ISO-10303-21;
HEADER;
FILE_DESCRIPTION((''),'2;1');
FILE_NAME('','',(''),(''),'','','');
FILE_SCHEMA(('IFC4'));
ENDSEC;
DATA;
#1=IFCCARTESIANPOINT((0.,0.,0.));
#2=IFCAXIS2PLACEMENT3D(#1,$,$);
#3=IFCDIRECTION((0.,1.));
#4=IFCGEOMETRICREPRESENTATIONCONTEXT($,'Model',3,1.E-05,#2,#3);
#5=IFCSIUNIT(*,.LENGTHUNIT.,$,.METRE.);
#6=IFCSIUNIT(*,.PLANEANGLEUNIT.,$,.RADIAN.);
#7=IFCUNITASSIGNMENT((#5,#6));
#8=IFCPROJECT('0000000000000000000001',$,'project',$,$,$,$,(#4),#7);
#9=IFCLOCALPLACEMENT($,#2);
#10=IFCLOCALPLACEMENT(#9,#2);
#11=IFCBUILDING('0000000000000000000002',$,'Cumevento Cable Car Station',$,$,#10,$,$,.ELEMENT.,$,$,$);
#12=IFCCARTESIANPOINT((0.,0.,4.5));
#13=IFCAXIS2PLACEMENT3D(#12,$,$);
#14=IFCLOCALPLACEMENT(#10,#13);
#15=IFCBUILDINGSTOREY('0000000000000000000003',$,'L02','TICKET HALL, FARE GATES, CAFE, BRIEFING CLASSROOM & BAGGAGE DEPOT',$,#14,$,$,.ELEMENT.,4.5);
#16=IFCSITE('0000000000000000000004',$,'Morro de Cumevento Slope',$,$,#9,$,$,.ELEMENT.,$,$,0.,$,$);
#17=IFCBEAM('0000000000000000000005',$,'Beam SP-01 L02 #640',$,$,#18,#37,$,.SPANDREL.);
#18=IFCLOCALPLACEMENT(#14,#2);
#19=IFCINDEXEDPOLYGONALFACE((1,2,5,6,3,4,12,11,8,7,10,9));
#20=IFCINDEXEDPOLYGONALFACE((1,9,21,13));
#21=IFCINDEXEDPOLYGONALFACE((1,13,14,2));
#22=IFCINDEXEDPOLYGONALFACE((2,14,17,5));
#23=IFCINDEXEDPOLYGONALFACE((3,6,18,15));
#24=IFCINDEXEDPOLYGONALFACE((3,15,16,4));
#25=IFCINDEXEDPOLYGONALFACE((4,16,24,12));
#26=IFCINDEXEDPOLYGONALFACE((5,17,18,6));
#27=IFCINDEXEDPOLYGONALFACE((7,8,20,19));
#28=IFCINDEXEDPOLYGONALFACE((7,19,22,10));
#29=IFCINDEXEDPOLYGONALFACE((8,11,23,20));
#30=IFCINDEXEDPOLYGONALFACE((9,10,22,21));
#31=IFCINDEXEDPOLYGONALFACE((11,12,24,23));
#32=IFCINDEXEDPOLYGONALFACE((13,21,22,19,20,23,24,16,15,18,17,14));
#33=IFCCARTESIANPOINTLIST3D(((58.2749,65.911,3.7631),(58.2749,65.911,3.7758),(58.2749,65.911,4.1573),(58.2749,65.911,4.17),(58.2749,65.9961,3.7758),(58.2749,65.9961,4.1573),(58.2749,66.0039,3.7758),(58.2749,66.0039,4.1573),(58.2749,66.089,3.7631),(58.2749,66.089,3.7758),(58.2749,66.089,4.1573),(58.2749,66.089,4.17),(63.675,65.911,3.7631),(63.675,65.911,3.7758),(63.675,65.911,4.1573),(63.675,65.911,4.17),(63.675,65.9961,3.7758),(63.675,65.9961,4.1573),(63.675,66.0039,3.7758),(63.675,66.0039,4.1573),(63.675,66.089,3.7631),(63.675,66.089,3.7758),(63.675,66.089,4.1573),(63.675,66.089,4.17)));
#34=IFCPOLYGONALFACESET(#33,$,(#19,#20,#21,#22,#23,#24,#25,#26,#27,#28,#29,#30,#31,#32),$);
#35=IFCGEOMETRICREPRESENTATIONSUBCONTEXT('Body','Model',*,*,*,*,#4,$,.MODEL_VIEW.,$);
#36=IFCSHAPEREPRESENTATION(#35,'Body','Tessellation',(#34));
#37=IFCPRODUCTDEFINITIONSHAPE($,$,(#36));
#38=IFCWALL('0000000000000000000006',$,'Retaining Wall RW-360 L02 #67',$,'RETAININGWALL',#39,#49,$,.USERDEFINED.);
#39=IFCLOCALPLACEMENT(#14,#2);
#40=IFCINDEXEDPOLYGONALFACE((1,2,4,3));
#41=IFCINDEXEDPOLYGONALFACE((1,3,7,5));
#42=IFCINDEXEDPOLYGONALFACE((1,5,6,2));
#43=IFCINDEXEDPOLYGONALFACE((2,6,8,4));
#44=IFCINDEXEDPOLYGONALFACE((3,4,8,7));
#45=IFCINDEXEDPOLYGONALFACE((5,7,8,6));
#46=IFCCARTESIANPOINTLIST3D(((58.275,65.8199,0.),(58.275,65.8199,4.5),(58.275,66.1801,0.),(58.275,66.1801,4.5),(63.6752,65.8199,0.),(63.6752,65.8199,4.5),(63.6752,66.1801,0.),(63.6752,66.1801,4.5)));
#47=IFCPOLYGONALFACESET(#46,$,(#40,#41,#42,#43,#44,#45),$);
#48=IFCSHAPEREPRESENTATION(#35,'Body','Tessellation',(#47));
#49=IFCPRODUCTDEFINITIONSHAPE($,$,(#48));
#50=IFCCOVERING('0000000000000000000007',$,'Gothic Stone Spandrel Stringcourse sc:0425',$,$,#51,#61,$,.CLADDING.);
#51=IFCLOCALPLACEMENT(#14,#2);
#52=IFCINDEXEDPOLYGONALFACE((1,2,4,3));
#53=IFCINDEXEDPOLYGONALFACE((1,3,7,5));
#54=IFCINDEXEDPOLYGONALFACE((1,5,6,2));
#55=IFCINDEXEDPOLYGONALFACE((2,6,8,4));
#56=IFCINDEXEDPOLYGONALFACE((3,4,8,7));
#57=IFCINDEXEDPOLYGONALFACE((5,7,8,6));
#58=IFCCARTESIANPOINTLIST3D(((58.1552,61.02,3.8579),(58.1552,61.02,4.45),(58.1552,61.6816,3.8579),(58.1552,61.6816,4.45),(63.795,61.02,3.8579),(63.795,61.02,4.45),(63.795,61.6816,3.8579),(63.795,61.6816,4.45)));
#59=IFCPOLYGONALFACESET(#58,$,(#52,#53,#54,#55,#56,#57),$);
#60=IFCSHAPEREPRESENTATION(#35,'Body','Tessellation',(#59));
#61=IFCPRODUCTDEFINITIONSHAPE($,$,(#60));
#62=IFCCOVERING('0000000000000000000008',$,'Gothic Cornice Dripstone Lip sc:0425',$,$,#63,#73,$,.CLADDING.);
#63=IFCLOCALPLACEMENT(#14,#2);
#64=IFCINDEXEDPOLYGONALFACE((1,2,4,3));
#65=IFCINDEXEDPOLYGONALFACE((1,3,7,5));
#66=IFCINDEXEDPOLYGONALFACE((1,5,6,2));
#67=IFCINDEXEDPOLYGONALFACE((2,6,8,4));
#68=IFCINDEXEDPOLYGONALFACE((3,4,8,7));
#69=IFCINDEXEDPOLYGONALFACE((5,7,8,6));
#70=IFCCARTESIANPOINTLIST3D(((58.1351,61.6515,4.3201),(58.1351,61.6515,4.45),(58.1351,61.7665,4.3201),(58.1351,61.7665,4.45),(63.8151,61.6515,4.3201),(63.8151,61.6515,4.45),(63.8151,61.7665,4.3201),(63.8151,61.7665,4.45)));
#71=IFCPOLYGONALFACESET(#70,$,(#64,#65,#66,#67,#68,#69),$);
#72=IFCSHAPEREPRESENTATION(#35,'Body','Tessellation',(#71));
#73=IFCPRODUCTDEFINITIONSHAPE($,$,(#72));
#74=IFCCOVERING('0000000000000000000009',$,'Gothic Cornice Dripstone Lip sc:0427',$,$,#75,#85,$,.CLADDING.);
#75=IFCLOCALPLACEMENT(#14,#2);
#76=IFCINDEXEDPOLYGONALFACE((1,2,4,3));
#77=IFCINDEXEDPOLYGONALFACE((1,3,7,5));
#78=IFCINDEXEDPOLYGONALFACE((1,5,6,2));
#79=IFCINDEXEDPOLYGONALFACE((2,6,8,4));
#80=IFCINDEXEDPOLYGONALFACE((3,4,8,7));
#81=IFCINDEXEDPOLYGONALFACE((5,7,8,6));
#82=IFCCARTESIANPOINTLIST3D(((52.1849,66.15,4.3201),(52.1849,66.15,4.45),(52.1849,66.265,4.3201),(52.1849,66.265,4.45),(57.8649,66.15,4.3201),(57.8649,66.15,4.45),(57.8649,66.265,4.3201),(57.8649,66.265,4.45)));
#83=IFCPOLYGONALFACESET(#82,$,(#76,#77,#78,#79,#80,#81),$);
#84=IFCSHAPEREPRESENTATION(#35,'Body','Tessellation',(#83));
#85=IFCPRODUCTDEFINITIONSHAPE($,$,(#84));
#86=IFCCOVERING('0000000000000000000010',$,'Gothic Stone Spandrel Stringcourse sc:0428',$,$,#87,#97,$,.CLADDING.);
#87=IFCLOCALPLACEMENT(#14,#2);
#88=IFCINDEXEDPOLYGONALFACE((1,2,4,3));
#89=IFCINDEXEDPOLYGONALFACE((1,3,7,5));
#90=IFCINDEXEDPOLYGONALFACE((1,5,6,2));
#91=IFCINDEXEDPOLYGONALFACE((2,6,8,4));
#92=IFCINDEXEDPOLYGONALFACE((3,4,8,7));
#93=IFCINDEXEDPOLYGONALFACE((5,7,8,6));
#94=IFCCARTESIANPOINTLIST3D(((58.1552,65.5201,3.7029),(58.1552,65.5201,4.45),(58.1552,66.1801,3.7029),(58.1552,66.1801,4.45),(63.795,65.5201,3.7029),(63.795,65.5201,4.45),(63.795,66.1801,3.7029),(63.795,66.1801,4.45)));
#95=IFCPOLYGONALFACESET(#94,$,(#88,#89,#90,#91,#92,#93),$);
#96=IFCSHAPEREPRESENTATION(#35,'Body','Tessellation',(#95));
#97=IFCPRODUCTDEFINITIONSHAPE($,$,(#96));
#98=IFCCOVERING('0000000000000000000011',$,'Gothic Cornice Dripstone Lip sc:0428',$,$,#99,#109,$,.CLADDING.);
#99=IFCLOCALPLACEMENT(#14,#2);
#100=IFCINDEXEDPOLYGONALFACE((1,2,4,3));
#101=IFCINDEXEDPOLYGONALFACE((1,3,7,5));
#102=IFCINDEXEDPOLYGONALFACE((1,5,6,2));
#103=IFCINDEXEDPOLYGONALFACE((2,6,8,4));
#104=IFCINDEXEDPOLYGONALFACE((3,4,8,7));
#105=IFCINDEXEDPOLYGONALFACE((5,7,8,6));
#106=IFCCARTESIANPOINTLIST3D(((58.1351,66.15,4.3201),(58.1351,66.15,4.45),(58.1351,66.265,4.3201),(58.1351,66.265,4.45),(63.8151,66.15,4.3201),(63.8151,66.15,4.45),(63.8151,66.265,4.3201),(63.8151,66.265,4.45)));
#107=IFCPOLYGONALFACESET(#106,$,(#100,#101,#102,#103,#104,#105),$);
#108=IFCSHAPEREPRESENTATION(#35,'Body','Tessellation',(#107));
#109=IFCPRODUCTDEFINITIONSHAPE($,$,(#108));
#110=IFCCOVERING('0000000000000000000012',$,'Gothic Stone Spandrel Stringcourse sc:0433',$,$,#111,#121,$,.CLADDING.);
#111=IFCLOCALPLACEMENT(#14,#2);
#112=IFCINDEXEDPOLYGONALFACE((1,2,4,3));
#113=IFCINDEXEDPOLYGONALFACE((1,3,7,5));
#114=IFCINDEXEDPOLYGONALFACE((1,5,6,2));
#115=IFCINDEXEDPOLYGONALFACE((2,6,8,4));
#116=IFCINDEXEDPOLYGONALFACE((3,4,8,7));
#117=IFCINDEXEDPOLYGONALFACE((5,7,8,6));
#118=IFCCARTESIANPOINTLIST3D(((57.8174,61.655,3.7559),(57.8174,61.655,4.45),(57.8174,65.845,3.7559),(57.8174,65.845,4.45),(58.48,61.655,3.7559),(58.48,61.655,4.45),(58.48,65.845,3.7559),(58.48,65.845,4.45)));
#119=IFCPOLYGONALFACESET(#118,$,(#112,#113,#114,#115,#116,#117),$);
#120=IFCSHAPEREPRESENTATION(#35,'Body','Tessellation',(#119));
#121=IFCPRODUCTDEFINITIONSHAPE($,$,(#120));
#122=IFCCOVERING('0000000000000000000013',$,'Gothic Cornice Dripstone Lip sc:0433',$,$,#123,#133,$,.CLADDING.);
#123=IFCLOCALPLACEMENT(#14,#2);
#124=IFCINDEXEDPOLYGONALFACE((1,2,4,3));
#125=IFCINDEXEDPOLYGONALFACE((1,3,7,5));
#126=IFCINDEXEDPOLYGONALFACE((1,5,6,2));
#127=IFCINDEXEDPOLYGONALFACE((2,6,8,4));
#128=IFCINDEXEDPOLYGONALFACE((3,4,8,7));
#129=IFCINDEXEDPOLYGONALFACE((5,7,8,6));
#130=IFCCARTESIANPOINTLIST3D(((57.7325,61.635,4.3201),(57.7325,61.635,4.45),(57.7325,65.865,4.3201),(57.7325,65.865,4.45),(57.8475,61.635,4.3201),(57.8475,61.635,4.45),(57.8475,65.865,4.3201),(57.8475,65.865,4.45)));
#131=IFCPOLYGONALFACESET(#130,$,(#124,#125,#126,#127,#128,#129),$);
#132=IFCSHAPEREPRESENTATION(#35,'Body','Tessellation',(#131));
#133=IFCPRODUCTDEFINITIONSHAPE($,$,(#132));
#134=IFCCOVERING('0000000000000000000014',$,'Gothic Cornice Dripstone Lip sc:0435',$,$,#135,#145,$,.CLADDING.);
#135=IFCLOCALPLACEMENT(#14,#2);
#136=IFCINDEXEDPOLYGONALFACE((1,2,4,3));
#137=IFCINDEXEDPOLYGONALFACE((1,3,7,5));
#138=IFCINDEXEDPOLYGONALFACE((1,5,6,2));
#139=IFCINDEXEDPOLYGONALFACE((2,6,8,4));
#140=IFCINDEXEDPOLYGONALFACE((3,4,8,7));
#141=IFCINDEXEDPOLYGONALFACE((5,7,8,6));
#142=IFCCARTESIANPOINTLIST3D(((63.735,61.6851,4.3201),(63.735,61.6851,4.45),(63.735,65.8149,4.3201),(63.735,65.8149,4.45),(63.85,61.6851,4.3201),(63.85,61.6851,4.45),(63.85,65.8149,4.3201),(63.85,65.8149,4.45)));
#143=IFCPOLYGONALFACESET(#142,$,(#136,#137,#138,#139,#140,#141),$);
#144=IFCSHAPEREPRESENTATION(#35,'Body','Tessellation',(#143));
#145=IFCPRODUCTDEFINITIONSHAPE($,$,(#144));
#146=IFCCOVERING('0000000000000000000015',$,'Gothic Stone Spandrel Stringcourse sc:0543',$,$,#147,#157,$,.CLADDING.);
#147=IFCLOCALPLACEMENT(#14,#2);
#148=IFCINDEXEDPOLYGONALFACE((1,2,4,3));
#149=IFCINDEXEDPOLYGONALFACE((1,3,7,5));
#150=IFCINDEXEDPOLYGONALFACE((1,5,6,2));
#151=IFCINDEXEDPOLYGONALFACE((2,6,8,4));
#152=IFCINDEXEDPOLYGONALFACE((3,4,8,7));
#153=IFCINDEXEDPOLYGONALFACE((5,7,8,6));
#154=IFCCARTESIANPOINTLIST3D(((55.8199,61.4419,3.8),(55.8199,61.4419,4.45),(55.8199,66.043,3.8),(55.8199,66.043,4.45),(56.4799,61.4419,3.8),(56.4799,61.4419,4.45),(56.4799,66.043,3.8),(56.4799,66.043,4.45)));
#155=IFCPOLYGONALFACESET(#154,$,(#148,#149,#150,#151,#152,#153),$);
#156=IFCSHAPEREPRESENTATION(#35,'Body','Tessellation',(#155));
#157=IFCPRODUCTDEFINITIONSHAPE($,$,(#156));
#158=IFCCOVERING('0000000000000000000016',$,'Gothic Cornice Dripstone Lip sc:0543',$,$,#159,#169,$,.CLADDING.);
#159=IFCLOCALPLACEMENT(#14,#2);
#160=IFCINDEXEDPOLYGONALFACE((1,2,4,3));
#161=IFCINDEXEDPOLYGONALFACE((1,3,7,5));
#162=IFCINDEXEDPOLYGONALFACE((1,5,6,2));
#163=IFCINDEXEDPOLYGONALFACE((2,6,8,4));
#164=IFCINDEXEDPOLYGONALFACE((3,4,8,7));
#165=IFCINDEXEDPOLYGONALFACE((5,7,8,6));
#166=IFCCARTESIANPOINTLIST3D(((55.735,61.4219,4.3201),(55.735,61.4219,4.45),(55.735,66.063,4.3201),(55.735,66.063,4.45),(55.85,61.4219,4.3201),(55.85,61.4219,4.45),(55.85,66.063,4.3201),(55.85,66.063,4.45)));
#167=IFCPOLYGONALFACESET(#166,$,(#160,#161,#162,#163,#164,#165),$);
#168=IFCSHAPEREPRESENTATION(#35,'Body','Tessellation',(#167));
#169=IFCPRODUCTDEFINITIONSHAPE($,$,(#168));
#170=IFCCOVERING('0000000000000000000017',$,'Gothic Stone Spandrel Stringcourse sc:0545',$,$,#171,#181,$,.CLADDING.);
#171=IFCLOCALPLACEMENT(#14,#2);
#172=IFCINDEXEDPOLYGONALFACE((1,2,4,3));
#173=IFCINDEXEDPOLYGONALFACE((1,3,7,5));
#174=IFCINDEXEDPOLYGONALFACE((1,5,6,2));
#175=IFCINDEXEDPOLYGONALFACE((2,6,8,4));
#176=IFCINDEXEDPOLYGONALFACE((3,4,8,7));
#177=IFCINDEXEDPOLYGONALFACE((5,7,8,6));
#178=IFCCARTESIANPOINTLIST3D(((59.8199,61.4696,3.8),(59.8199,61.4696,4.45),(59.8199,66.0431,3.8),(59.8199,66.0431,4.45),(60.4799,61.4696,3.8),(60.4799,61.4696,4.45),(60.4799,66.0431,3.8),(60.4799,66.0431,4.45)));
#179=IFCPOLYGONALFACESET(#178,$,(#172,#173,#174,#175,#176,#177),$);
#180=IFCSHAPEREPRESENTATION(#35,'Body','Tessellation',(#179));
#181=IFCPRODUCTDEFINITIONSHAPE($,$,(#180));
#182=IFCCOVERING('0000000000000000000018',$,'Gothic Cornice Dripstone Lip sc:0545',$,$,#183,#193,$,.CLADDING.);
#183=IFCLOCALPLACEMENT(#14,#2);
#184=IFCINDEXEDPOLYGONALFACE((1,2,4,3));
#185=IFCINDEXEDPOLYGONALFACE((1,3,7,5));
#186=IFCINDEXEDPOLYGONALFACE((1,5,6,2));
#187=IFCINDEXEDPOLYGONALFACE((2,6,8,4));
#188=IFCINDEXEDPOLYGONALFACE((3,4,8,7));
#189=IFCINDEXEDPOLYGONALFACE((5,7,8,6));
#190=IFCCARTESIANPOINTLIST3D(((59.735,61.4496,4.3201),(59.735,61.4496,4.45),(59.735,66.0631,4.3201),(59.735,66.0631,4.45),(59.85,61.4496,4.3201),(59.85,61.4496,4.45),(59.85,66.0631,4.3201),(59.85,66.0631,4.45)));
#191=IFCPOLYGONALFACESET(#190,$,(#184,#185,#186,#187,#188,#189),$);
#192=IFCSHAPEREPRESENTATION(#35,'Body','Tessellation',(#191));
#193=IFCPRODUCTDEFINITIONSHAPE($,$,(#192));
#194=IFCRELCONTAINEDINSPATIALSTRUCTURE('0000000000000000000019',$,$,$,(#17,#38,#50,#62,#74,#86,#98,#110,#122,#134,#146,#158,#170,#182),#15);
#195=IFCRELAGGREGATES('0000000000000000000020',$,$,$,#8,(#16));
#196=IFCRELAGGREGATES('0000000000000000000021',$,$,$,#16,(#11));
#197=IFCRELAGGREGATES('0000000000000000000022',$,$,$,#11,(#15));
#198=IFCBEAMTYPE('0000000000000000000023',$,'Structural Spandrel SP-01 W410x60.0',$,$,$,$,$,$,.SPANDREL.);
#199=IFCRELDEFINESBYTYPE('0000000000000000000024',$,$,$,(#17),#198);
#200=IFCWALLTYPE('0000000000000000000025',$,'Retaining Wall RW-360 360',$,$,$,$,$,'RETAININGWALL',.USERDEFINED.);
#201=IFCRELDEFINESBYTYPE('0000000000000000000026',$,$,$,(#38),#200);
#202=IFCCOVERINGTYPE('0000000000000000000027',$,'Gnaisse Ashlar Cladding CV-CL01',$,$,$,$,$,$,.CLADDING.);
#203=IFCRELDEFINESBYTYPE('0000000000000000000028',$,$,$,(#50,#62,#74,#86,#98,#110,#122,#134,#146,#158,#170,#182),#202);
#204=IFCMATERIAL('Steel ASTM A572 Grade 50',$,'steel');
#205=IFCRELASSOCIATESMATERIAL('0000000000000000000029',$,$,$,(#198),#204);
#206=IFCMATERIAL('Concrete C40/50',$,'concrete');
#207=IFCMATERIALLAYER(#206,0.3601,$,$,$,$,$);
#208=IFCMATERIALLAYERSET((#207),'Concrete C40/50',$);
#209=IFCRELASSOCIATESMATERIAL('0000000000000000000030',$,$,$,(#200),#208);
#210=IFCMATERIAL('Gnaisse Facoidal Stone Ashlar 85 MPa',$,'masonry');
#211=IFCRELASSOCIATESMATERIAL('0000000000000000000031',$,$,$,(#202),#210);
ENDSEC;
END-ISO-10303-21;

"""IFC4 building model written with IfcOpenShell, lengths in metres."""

from ifc_helpers import new_model, si_unit, direction, frame, frame_2d, origin, origin_2d, place, context, subcontext, project, spatial, rectangle, i_section, extrude, material, layer, layer_set, material_profile, profile_set, type_object, element, save


model = new_model("IFC4")

# Units and contexts
model_context = context("Model", 3, precision=1e-05, world=origin(), true_north=direction((0.0, 1.0)))
body_context = subcontext(model_context, "Body", "Model", "MODEL_VIEW")
ifc_project = project(units=[si_unit("LENGTHUNIT", "METRE"), si_unit("PLANEANGLEUNIT", "RADIAN")], contexts=[model_context])

# Site, building, storey
site_placement = place(None, origin())
site = spatial("IfcSite", under=ifc_project, at=site_placement, Name="Morro de Cumevento Slope", CompositionType="ELEMENT", RefElevation=0.0)
building_placement = place(site_placement, origin())
building = spatial("IfcBuilding", under=site, at=building_placement, Name="Cumevento Cable Car Station", CompositionType="ELEMENT")
storey_placement = place(building_placement, frame((0.0, 0.0, 4.5)))
storey = spatial("IfcBuildingStorey", under=building, at=storey_placement, Name="L02", Description="TICKET HALL, FARE GATES, CAFE, BRIEFING CLASSROOM & BAGGAGE DEPOT", CompositionType="ELEMENT", Elevation=4.5)

# Beam
ifc_material_1 = material(Name="Steel ASTM A572 Grade 50", Category="steel")
ifc_material_profile_1 = material_profile(ifc_material_1, i_section(OverallWidth=0.178, OverallDepth=0.407, WebThickness=0.0078, FlangeThickness=0.0127, at=origin_2d()), Name="W410x60.0")
ifc_profile_set_1 = profile_set([ifc_material_profile_1], Name="Steel ASTM A572 Grade 50")
beam_type_1 = type_object("IfcBeamType", Name="Structural Spandrel SP-01 W410x60.0", PredefinedType="SPANDREL", material=ifc_profile_set_1)
beam_1_placement = place(storey_placement, frame((58.2749, 66.0, 3.9666), z_axis=(1.0, 0.0, 0.0), x_axis=(0.0, 1.0, 0.0)))
element("IfcBeam", 1, at=beam_1_placement, inside=storey, type_object=beam_type_1, Name="Beam SP-01 L02 #640", PredefinedType="SPANDREL", context=body_context, shape_type="SweptSolid", body=[
    extrude(i_section(OverallWidth=0.178, OverallDepth=0.407, WebThickness=0.0078, FlangeThickness=0.0127, at=origin_2d()), origin(), (0.0, 0.0, 1.0), 5.4001),
])

# Wall
ifc_material_2 = material(Name="Concrete C40/50", Category="concrete")
ifc_layer = layer(ifc_material_2, 0.3601)
ifc_layer_set = layer_set([ifc_layer], Name="Concrete C40/50")
wall_type = type_object("IfcWallType", Name="Retaining Wall RW-360 360", ElementType="RETAININGWALL", PredefinedType="USERDEFINED", material=ifc_layer_set)
wall_placement = place(storey_placement, frame((58.2749, 66.0, 0.0), z_axis=(0.0, 0.0, 1.0), x_axis=(1.0, 0.0, 0.0)))
element("IfcWall", 2, at=wall_placement, inside=storey, type_object=wall_type, Name="Retaining Wall RW-360 L02 #67", ObjectType="RETAININGWALL", PredefinedType="USERDEFINED", context=body_context, shape_type="SweptSolid", body=[
    extrude(rectangle(XDim=5.4001, YDim=0.3601, at=frame_2d((2.7002, 0.0))), origin(), (0.0, 0.0, 1.0), 4.5),
])

# Coverings
ifc_material_3 = material(Name="Gnaisse Facoidal Stone Ashlar 85 MPa", Category="masonry")
covering_type = type_object("IfcCoveringType", Name="Gnaisse Ashlar Cladding CV-CL01", PredefinedType="CLADDING", material=ifc_material_3)
covering_1_placement = place(storey_placement, frame((60.9751, 61.3508, 3.8579), z_axis=(0.0, 0.0, 1.0), x_axis=(1.0, 0.0, 0.0)))
element("IfcCovering", 3, at=covering_1_placement, inside=storey, type_object=covering_type, Name="Gothic Stone Spandrel Stringcourse sc:0425", PredefinedType="CLADDING", context=body_context, shape_type="SweptSolid", body=[
    extrude(rectangle(XDim=5.6399, YDim=0.6616, at=origin_2d()), origin(), (0.0, 0.0, 1.0), 0.592),
])
for number, where, z_axis, x_axis, name in (
    (4, (60.9751, 61.709, 4.3201), (0.0, 0.0, 1.0), (1.0, 0.0, 0.0), "Gothic Cornice Dripstone Lip sc:0425"),
    (5, (55.0249, 66.2075, 4.3201), (0.0, 0.0, 1.0), (1.0, 0.0, 0.0), "Gothic Cornice Dripstone Lip sc:0427"),
):
    element("IfcCovering", number, at=place(storey_placement, frame(where, z_axis=z_axis, x_axis=x_axis)), inside=storey, type_object=covering_type, Name=name, PredefinedType="CLADDING", context=body_context, shape_type="SweptSolid", body=[
        extrude(rectangle(XDim=5.6799, YDim=0.115, at=origin_2d()), origin(), (0.0, 0.0, 1.0), 0.1299),
    ])
covering_2_placement = place(storey_placement, frame((60.9751, 65.8501, 3.7029), z_axis=(0.0, 0.0, 1.0), x_axis=(1.0, 0.0, 0.0)))
element("IfcCovering", 6, at=covering_2_placement, inside=storey, type_object=covering_type, Name="Gothic Stone Spandrel Stringcourse sc:0428", PredefinedType="CLADDING", context=body_context, shape_type="SweptSolid", body=[
    extrude(rectangle(XDim=5.6399, YDim=0.6599, at=origin_2d()), origin(), (0.0, 0.0, 1.0), 0.7471),
])
covering_3_placement = place(storey_placement, frame((60.9751, 66.2075, 4.3201), z_axis=(0.0, 0.0, 1.0), x_axis=(1.0, 0.0, 0.0)))
element("IfcCovering", 7, at=covering_3_placement, inside=storey, type_object=covering_type, Name="Gothic Cornice Dripstone Lip sc:0428", PredefinedType="CLADDING", context=body_context, shape_type="SweptSolid", body=[
    extrude(rectangle(XDim=5.6799, YDim=0.115, at=origin_2d()), origin(), (0.0, 0.0, 1.0), 0.1299),
])
covering_4_placement = place(storey_placement, frame((58.1487, 63.75, 3.7559), z_axis=(0.0, 0.0, 1.0), x_axis=(0.0, 1.0, 0.0)))
element("IfcCovering", 8, at=covering_4_placement, inside=storey, type_object=covering_type, Name="Gothic Stone Spandrel Stringcourse sc:0433", PredefinedType="CLADDING", context=body_context, shape_type="SweptSolid", body=[
    extrude(rectangle(XDim=4.1899, YDim=0.6626, at=origin_2d()), origin(), (0.0, 0.0, 1.0), 0.6941),
])
covering_5_placement = place(storey_placement, frame((57.79, 63.75, 4.3201), z_axis=(0.0, 0.0, 1.0), x_axis=(0.0, 1.0, 0.0)))
element("IfcCovering", 9, at=covering_5_placement, inside=storey, type_object=covering_type, Name="Gothic Cornice Dripstone Lip sc:0433", PredefinedType="CLADDING", context=body_context, shape_type="SweptSolid", body=[
    extrude(rectangle(XDim=4.23, YDim=0.115, at=origin_2d()), origin(), (0.0, 0.0, 1.0), 0.1299),
])
covering_6_placement = place(storey_placement, frame((63.7925, 63.75, 4.3201), z_axis=(0.0, 0.0, 1.0), x_axis=(0.0, 1.0, 0.0)))
element("IfcCovering", 10, at=covering_6_placement, inside=storey, type_object=covering_type, Name="Gothic Cornice Dripstone Lip sc:0435", PredefinedType="CLADDING", context=body_context, shape_type="SweptSolid", body=[
    extrude(rectangle(XDim=4.1299, YDim=0.115, at=origin_2d()), origin(), (0.0, 0.0, 1.0), 0.1299),
])
covering_7_placement = place(storey_placement, frame((56.1499, 63.7424, 3.8), z_axis=(0.0, 0.0, 1.0), x_axis=(0.0, 1.0, 0.0)))
element("IfcCovering", 11, at=covering_7_placement, inside=storey, type_object=covering_type, Name="Gothic Stone Spandrel Stringcourse sc:0543", PredefinedType="CLADDING", context=body_context, shape_type="SweptSolid", body=[
    extrude(rectangle(XDim=4.6011, YDim=0.6599, at=origin_2d()), origin(), (0.0, 0.0, 1.0), 0.6499),
])
covering_8_placement = place(storey_placement, frame((55.7925, 63.7424, 4.3201), z_axis=(0.0, 0.0, 1.0), x_axis=(0.0, 1.0, 0.0)))
element("IfcCovering", 12, at=covering_8_placement, inside=storey, type_object=covering_type, Name="Gothic Cornice Dripstone Lip sc:0543", PredefinedType="CLADDING", context=body_context, shape_type="SweptSolid", body=[
    extrude(rectangle(XDim=4.6411, YDim=0.115, at=origin_2d()), origin(), (0.0, 0.0, 1.0), 0.1299),
])
covering_9_placement = place(storey_placement, frame((60.1499, 63.7563, 3.8), z_axis=(0.0, 0.0, 1.0), x_axis=(0.0, 1.0, 0.0)))
element("IfcCovering", 13, at=covering_9_placement, inside=storey, type_object=covering_type, Name="Gothic Stone Spandrel Stringcourse sc:0545", PredefinedType="CLADDING", context=body_context, shape_type="SweptSolid", body=[
    extrude(rectangle(XDim=4.5735, YDim=0.6599, at=origin_2d()), origin(), (0.0, 0.0, 1.0), 0.6499),
])
covering_10_placement = place(storey_placement, frame((59.7925, 63.7563, 4.3201), z_axis=(0.0, 0.0, 1.0), x_axis=(0.0, 1.0, 0.0)))
element("IfcCovering", 14, at=covering_10_placement, inside=storey, type_object=covering_type, Name="Gothic Cornice Dripstone Lip sc:0545", PredefinedType="CLADDING", context=body_context, shape_type="SweptSolid", body=[
    extrude(rectangle(XDim=4.6135, YDim=0.115, at=origin_2d()), origin(), (0.0, 0.0, 1.0), 0.1299),
])

save(model, "model.ifc")
